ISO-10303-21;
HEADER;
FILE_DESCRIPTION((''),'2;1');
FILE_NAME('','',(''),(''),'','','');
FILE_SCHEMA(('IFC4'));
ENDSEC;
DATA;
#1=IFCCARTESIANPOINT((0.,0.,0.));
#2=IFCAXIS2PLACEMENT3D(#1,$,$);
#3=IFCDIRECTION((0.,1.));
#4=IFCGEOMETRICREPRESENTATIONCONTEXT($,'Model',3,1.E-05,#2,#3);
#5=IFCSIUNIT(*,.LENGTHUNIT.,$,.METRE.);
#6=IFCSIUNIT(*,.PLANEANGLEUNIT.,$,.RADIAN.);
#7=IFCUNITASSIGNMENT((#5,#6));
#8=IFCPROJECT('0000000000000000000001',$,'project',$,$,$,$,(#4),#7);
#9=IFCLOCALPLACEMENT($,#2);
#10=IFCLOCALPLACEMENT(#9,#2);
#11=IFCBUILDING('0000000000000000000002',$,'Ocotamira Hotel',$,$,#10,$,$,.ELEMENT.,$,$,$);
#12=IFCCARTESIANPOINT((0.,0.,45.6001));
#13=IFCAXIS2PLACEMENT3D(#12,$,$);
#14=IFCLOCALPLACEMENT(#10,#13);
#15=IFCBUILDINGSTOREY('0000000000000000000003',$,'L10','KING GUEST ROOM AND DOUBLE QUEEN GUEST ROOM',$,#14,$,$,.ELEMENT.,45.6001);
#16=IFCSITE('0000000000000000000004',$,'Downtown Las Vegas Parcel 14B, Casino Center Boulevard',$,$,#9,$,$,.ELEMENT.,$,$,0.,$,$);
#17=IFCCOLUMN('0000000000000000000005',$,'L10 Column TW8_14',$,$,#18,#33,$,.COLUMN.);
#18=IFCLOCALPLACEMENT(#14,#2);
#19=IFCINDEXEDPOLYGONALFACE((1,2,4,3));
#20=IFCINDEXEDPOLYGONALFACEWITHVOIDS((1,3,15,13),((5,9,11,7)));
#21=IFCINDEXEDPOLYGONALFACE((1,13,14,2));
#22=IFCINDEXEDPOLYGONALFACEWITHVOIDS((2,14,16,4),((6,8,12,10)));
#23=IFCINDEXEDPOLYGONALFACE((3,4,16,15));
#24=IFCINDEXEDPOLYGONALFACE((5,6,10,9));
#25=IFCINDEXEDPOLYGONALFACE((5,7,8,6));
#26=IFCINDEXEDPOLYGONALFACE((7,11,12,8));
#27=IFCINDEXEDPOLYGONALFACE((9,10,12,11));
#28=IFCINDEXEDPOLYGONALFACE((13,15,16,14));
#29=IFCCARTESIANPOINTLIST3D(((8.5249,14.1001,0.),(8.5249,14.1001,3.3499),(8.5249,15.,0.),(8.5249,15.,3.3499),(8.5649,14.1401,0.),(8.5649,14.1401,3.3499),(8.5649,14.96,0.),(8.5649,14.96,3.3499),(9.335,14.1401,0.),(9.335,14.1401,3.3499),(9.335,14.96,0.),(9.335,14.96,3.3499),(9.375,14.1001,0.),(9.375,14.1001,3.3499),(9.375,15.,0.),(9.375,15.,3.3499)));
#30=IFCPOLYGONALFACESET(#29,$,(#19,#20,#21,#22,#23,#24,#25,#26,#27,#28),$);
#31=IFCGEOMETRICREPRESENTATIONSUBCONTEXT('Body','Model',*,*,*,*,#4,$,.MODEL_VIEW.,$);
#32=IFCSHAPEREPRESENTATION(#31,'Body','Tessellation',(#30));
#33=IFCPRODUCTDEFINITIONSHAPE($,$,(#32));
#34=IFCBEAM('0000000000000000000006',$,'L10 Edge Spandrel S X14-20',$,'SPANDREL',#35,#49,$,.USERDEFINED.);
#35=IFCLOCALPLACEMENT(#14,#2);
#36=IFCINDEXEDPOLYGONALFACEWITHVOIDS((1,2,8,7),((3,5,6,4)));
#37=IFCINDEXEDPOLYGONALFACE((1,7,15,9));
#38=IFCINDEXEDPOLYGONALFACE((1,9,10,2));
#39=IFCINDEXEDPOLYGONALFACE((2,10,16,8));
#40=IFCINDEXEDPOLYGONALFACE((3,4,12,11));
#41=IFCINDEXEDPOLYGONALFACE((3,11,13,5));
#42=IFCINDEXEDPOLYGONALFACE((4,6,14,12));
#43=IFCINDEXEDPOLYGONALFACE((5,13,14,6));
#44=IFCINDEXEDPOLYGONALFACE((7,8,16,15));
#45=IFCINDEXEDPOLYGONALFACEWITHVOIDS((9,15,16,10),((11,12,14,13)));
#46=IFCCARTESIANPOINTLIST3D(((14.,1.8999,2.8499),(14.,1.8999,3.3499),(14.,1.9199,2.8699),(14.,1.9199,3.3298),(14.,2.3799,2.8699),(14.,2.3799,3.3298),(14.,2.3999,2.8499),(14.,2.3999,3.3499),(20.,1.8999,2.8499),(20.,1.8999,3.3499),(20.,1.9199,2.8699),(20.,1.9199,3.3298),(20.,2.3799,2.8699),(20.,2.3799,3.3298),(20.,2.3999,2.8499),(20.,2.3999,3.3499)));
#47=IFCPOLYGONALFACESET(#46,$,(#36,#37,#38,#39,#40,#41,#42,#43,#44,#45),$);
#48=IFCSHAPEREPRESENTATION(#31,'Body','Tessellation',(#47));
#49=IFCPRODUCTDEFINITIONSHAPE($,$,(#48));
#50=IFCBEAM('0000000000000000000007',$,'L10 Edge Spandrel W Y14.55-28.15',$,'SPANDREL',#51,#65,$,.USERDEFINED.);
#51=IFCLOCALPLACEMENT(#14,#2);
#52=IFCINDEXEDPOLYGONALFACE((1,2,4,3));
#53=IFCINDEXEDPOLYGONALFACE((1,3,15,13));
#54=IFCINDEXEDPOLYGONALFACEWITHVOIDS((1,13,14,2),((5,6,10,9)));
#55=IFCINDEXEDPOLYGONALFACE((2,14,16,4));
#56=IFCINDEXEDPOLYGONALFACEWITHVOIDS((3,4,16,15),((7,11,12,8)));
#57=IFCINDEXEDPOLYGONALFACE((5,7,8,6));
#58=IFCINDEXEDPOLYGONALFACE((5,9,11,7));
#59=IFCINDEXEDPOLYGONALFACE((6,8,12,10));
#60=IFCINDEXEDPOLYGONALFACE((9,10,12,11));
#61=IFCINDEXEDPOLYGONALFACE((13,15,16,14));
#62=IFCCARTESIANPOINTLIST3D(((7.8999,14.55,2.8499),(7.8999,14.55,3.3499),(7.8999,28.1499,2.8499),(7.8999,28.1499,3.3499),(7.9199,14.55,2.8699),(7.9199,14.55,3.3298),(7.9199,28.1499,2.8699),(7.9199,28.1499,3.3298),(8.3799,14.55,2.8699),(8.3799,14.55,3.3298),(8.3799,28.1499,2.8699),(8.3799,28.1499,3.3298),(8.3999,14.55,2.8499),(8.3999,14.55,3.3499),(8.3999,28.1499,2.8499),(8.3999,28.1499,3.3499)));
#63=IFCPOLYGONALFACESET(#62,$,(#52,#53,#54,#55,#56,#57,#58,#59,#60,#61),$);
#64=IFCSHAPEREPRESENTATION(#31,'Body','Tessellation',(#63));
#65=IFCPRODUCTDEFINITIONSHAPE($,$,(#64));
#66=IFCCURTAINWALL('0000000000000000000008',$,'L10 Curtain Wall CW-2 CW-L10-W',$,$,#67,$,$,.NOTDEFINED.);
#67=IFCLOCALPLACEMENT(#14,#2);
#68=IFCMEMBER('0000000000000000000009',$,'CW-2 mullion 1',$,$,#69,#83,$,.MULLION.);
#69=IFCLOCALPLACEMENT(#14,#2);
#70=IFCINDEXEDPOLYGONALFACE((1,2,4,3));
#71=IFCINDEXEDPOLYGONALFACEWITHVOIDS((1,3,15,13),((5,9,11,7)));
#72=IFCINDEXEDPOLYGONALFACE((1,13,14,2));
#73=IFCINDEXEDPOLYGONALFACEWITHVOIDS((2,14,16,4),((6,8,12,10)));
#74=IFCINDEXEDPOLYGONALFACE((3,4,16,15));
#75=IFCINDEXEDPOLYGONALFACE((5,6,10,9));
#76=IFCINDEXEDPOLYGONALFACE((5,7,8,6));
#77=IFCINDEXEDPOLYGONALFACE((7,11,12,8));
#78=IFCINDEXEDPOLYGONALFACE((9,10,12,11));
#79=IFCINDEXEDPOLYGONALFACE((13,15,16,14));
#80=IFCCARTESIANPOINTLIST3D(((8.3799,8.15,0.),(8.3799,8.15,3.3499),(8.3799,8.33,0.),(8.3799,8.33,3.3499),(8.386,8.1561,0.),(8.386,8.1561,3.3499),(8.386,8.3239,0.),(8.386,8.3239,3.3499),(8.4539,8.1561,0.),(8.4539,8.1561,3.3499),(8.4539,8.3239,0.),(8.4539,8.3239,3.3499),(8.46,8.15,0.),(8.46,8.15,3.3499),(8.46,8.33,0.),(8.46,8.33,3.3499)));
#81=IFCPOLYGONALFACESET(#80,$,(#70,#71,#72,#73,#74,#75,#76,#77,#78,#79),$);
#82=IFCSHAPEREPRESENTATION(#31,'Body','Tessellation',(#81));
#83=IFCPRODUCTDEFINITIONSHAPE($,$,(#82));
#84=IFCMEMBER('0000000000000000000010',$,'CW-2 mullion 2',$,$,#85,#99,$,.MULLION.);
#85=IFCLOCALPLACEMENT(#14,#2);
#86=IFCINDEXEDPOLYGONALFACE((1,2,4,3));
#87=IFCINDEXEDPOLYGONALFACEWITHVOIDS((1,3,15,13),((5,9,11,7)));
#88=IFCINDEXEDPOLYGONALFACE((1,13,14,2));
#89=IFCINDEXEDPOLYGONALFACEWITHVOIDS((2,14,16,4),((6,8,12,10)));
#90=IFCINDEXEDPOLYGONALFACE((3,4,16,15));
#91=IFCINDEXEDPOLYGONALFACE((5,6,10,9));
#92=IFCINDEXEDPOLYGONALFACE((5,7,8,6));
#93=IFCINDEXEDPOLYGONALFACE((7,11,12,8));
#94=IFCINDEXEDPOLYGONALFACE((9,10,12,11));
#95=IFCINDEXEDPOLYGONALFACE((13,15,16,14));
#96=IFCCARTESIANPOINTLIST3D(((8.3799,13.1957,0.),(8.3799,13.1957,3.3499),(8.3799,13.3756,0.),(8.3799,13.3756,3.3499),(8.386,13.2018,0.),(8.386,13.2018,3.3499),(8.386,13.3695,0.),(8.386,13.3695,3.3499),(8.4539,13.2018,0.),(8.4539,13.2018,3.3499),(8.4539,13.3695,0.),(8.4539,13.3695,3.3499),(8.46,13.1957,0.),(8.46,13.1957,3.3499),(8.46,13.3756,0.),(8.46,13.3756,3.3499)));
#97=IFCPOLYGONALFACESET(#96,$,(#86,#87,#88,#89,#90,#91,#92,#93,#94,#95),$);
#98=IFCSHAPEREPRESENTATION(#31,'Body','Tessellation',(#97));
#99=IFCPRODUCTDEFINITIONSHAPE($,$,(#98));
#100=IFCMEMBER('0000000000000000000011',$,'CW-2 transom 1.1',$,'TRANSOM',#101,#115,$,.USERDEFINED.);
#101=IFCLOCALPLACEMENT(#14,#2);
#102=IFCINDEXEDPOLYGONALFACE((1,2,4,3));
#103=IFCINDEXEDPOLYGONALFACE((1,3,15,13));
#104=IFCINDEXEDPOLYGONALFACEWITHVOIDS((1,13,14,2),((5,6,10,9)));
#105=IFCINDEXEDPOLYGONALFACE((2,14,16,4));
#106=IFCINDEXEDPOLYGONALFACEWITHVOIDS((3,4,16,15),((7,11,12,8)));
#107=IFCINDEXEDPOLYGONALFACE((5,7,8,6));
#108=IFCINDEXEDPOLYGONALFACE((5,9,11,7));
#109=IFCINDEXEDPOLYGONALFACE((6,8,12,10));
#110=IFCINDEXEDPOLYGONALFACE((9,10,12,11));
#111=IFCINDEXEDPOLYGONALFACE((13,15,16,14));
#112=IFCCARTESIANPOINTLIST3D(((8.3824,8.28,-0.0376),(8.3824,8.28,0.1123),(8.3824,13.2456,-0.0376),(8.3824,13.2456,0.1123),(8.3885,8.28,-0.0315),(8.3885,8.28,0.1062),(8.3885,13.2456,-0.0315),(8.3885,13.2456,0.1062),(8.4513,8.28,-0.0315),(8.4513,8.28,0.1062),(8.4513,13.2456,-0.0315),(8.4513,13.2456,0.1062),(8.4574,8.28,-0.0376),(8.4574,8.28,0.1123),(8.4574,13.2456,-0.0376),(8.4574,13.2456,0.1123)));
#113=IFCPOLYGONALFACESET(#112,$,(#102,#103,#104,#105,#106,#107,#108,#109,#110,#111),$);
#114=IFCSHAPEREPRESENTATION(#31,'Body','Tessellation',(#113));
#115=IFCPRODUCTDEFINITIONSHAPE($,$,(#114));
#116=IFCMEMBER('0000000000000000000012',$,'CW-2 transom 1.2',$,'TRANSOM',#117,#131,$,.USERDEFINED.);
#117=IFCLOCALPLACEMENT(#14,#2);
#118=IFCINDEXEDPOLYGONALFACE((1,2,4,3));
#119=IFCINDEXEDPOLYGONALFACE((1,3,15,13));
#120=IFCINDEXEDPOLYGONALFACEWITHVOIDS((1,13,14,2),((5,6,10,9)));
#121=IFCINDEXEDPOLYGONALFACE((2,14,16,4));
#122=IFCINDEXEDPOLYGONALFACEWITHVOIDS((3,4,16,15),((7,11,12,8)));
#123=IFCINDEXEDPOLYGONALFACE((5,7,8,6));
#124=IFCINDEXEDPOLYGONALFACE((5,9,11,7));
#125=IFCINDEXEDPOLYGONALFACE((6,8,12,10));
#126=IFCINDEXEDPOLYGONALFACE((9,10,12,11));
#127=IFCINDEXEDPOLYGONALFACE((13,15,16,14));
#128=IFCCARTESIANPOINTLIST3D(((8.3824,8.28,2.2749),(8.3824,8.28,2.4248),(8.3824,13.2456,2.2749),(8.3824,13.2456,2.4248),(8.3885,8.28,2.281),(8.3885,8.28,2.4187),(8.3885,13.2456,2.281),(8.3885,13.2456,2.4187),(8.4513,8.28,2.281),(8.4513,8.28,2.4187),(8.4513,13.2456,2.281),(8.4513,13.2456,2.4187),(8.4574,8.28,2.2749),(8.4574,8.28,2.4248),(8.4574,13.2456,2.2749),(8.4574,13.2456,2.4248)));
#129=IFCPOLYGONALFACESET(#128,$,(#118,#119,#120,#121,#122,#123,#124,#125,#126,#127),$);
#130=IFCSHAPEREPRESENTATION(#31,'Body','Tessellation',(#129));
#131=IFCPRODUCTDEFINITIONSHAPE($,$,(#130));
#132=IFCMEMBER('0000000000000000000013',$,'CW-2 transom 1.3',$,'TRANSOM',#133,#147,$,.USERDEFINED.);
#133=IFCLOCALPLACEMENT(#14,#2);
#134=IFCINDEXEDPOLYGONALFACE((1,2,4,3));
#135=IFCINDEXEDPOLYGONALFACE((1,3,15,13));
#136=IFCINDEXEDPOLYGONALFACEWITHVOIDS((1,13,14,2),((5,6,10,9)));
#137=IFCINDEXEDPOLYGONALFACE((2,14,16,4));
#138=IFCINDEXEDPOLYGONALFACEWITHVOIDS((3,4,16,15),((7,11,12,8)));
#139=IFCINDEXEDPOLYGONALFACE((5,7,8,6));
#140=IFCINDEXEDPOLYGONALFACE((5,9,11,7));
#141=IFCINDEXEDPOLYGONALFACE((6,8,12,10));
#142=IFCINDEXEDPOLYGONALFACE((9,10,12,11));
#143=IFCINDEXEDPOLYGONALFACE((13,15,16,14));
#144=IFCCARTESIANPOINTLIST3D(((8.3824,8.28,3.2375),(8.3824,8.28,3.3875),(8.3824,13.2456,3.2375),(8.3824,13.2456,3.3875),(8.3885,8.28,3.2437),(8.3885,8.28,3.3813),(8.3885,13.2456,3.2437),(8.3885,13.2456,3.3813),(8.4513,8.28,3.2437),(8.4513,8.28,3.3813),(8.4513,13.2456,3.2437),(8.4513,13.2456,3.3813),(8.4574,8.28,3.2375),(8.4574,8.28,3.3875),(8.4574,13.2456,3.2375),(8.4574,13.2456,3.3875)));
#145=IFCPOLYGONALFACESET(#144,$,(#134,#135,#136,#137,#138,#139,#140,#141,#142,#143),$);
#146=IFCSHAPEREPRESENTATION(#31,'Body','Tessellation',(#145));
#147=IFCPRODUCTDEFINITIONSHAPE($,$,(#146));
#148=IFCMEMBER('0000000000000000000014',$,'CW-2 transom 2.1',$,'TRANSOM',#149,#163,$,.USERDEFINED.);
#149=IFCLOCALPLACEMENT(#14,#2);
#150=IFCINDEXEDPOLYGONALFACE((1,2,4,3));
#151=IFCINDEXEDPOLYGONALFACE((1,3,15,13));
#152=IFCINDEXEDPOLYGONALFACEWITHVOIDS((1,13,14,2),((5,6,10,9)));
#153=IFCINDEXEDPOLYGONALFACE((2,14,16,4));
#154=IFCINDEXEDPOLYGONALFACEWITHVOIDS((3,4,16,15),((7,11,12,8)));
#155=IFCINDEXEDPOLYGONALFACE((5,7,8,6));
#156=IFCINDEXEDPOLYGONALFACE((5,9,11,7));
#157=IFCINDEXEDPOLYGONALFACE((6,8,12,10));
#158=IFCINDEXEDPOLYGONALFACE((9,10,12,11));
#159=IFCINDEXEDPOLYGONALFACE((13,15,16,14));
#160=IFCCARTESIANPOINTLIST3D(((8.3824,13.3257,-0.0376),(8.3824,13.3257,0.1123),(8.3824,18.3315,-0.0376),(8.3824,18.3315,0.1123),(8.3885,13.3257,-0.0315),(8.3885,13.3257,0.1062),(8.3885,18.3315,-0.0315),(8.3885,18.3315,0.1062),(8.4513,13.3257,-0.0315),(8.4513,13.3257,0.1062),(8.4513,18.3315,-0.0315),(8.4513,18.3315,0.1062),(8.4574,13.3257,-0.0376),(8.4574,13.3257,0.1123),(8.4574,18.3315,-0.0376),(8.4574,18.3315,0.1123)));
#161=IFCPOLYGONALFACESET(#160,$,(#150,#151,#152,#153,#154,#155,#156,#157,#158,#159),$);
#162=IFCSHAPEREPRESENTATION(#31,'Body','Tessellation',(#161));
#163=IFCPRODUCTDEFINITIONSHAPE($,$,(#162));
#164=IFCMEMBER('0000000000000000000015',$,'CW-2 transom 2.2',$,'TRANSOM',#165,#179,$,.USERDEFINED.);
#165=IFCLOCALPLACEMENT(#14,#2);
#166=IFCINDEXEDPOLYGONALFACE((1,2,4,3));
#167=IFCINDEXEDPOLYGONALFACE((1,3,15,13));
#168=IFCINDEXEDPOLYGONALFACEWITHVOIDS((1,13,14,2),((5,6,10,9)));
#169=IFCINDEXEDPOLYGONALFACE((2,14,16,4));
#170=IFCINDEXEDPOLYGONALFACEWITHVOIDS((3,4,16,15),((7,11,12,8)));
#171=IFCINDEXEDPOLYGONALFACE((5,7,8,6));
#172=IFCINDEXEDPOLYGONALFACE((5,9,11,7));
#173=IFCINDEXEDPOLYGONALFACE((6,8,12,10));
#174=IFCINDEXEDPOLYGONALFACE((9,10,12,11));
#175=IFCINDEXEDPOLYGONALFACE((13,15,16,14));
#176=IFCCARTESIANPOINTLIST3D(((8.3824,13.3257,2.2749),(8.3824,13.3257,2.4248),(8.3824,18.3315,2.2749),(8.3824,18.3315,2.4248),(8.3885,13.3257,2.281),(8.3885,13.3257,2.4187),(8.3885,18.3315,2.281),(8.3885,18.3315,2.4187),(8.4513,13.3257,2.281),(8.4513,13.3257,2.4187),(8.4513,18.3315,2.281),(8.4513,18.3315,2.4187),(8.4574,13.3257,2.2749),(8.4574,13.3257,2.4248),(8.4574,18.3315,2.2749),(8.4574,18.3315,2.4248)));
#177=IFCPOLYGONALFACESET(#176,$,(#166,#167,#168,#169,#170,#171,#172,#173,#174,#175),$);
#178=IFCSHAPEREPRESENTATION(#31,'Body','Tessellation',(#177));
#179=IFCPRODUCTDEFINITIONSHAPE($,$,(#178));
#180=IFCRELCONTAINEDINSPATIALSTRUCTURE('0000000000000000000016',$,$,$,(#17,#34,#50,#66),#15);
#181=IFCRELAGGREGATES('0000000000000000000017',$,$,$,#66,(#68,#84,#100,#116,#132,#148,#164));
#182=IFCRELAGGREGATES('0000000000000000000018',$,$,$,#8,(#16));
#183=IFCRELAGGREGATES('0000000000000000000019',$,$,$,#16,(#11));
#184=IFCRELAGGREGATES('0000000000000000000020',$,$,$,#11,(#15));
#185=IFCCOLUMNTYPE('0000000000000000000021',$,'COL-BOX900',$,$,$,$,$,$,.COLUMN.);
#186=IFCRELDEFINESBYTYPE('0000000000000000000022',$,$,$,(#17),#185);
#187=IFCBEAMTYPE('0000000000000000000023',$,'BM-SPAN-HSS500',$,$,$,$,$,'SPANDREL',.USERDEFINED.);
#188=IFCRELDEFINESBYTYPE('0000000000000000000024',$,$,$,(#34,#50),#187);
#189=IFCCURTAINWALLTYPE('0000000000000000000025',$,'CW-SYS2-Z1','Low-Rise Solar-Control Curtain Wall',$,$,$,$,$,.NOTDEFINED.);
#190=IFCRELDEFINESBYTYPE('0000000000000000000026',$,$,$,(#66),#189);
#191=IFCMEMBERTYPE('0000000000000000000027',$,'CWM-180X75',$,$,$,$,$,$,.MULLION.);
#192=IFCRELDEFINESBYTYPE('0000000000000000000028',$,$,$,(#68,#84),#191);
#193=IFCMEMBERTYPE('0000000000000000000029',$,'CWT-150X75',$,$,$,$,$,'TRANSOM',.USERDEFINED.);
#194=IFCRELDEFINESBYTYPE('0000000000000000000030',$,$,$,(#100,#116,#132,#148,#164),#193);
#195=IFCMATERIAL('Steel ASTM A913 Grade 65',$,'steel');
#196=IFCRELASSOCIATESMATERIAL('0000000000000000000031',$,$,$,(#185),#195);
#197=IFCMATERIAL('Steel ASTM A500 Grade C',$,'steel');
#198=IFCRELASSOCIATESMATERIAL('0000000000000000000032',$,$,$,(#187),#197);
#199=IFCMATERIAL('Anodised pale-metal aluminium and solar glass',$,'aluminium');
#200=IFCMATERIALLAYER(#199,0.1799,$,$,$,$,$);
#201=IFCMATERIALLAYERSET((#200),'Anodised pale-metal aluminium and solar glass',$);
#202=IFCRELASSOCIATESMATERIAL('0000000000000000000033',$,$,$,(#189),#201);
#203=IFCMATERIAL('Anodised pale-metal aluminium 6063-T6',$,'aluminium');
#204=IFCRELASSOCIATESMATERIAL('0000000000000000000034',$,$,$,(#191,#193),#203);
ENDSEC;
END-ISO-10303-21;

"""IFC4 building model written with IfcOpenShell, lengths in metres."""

from ifc_helpers import new_model, si_unit, direction, frame, origin, origin_2d, place, context, subcontext, project, spatial, hollow_rectangle, extrude, source, transform, mapped, material, layer, layer_set, material_profile, profile_set, type_object, element, aggregate, save


model = new_model("IFC4")

# Units and contexts
model_context = context("Model", 3, precision=1e-05, world=origin(), true_north=direction((0.0, 1.0)))
body_context = subcontext(model_context, "Body", "Model", "MODEL_VIEW")
ifc_project = project(units=[si_unit("LENGTHUNIT", "METRE"), si_unit("PLANEANGLEUNIT", "RADIAN")], contexts=[model_context])

# Site, building, storey
site_placement = place(None, origin())
site = spatial("IfcSite", under=ifc_project, at=site_placement, Name="Downtown Las Vegas Parcel 14B, Casino Center Boulevard", CompositionType="ELEMENT", RefElevation=0.0)
building_placement = place(site_placement, origin())
building = spatial("IfcBuilding", under=site, at=building_placement, Name="Ocotamira Hotel", CompositionType="ELEMENT")
storey_placement = place(building_placement, frame((0.0, 0.0, 45.6001)))
storey = spatial("IfcBuildingStorey", under=building, at=storey_placement, Name="L10", Description="KING GUEST ROOM AND DOUBLE QUEEN GUEST ROOM", CompositionType="ELEMENT", Elevation=45.6001)

# Column
ifc_material_1 = material(Name="Steel ASTM A913 Grade 65", Category="steel")
ifc_material_profile_1 = material_profile(ifc_material_1, hollow_rectangle(XDim=0.8501, YDim=0.8999, WallThickness=0.04, at=origin_2d()), Name="BOX900X850X40")
ifc_profile_set_1 = profile_set([ifc_material_profile_1], Name="Steel ASTM A913 Grade 65")
column_type = type_object("IfcColumnType", Name="COL-BOX900", PredefinedType="COLUMN", material=ifc_profile_set_1)
shared_shape_1 = source(origin(), body_context, "Body", "SweptSolid", [
    extrude(hollow_rectangle(XDim=0.8501, YDim=0.8999, WallThickness=0.04, at=origin_2d()), origin(), (0.0, 0.0, 1.0), 3.3499),
])
column_placement = place(storey_placement, frame((8.95, 14.55, 0.0), z_axis=(0.0, 0.0, 1.0), x_axis=(1.0, 0.0, 0.0)))
element("IfcColumn", 1, at=column_placement, inside=storey, type_object=column_type, Name="L10 Column TW8_14", PredefinedType="COLUMN", context=body_context, shape_type="MappedRepresentation", body=[
    mapped(shared_shape_1, transform((0.0, 0.0, 0.0), scale=1.0)),
])

# Beams
ifc_material_2 = material(Name="Steel ASTM A500 Grade C", Category="steel")
ifc_material_profile_2 = material_profile(ifc_material_2, hollow_rectangle(XDim=0.5, YDim=0.5, WallThickness=0.02, at=origin_2d()), Name="HSS500X500X20")
ifc_profile_set_2 = profile_set([ifc_material_profile_2], Name="Steel ASTM A500 Grade C")
beam_type = type_object("IfcBeamType", Name="BM-SPAN-HSS500", ElementType="SPANDREL", PredefinedType="USERDEFINED", material=ifc_profile_set_2)
shared_shape_2 = source(origin(), body_context, "Body", "SweptSolid", [
    extrude(hollow_rectangle(XDim=0.5, YDim=0.5, WallThickness=0.02, at=origin_2d()), origin(), (0.0, 0.0, 1.0), 6.0),
])
beam_1_placement = place(storey_placement, frame((14.0, 2.1499, 3.0999), z_axis=(1.0, 0.0, 0.0), x_axis=(0.0, 1.0, 0.0)))
element("IfcBeam", 2, at=beam_1_placement, inside=storey, type_object=beam_type, Name="L10 Edge Spandrel S X14-20", ObjectType="SPANDREL", PredefinedType="USERDEFINED", context=body_context, shape_type="MappedRepresentation", body=[
    mapped(shared_shape_2, transform((0.0, 0.0, 0.0), scale=1.0)),
])
shared_shape_3 = source(origin(), body_context, "Body", "SweptSolid", [
    extrude(hollow_rectangle(XDim=0.5, YDim=0.5, WallThickness=0.02, at=origin_2d()), origin(), (0.0, 0.0, 1.0), 13.5999),
])
beam_2_placement = place(storey_placement, frame((8.1499, 14.55, 3.0999), z_axis=(0.0, 1.0, 0.0), x_axis=(-1.0, 0.0, 0.0)))
element("IfcBeam", 3, at=beam_2_placement, inside=storey, type_object=beam_type, Name="L10 Edge Spandrel W Y14.55-28.15", ObjectType="SPANDREL", PredefinedType="USERDEFINED", context=body_context, shape_type="MappedRepresentation", body=[
    mapped(shared_shape_3, transform((0.0, 0.0, 0.0), scale=1.0)),
])

# Curtain wall, members
ifc_material_3 = material(Name="Anodised pale-metal aluminium and solar glass", Category="aluminium")
ifc_layer_1 = layer(ifc_material_3, 0.1799)
ifc_layer_set_1 = layer_set([ifc_layer_1], Name="Anodised pale-metal aluminium and solar glass")
curtain_wall_type = type_object("IfcCurtainWallType", Name="CW-SYS2-Z1", Description="Low-Rise Solar-Control Curtain Wall", PredefinedType="NOTDEFINED", material=ifc_layer_set_1)
curtain_wall_placement = place(storey_placement, origin())
curtain_wall = element("IfcCurtainWall", 4, at=curtain_wall_placement, inside=storey, type_object=curtain_wall_type, Name="L10 Curtain Wall CW-2 CW-L10-W", PredefinedType="NOTDEFINED")
ifc_material_4 = material(Name="Anodised pale-metal aluminium 6063-T6", Category="aluminium")
ifc_material_profile_3 = material_profile(ifc_material_4, hollow_rectangle(XDim=0.0801, YDim=0.1799, WallThickness=0.0061, at=origin_2d()), Name="HSS180X80X6")
ifc_profile_set_3 = profile_set([ifc_material_profile_3], Name="Anodised pale-metal aluminium 6063-T6")
member_type_1 = type_object("IfcMemberType", Name="CWM-180X75", PredefinedType="MULLION", material=ifc_profile_set_3)
shared_shape_4 = source(origin(), body_context, "Body", "SweptSolid", [
    extrude(hollow_rectangle(XDim=0.0801, YDim=0.1799, WallThickness=0.0061, at=origin_2d()), origin(), (0.0, 0.0, 1.0), 3.3499),
])
member_1_placement = place(storey_placement, frame((8.4199, 8.24, 0.0), z_axis=(0.0, 0.0, 1.0), x_axis=(-1.0, 0.0, 0.0)))
member_1 = element("IfcMember", 5, at=member_1_placement, type_object=member_type_1, Name="CW-2 mullion 1", PredefinedType="MULLION", context=body_context, shape_type="MappedRepresentation", body=[
    mapped(shared_shape_4, transform((0.0, 0.0, 0.0), scale=1.0)),
])
member_2_placement = place(storey_placement, frame((8.4199, 13.2856, 0.0), z_axis=(0.0, 0.0, 1.0), x_axis=(-1.0, 0.0, 0.0)))
member_2 = element("IfcMember", 6, at=member_2_placement, type_object=member_type_1, Name="CW-2 mullion 2", PredefinedType="MULLION", context=body_context, shape_type="MappedRepresentation", body=[
    mapped(shared_shape_4, transform((0.0, 0.0, 0.0), scale=1.0)),
])
ifc_material_profile_4 = material_profile(ifc_material_4, hollow_rectangle(XDim=0.075, YDim=0.1499, WallThickness=0.0061, at=origin_2d()), Name="HSS150X75X6")
ifc_profile_set_4 = profile_set([ifc_material_profile_4], Name="Anodised pale-metal aluminium 6063-T6")
member_type_2 = type_object("IfcMemberType", Name="CWT-150X75", ElementType="TRANSOM", PredefinedType="USERDEFINED", material=ifc_profile_set_4)
shared_shape_5 = source(origin(), body_context, "Body", "SweptSolid", [
    extrude(hollow_rectangle(XDim=0.075, YDim=0.1499, WallThickness=0.0061, at=origin_2d()), origin(), (0.0, 0.0, 1.0), 4.9656),
])
member_3_placement = place(storey_placement, frame((8.4199, 8.28, 0.0374), z_axis=(0.0, 1.0, 0.0), x_axis=(-1.0, 0.0, 0.0)))
member_3 = element("IfcMember", 7, at=member_3_placement, type_object=member_type_2, Name="CW-2 transom 1.1", ObjectType="TRANSOM", PredefinedType="USERDEFINED", context=body_context, shape_type="MappedRepresentation", body=[
    mapped(shared_shape_5, transform((0.0, 0.0, 0.0), scale=1.0)),
])
member_4_placement = place(storey_placement, frame((8.4199, 8.28, 2.3499), z_axis=(0.0, 1.0, 0.0), x_axis=(-1.0, 0.0, 0.0)))
member_4 = element("IfcMember", 8, at=member_4_placement, type_object=member_type_2, Name="CW-2 transom 1.2", ObjectType="TRANSOM", PredefinedType="USERDEFINED", context=body_context, shape_type="MappedRepresentation", body=[
    mapped(shared_shape_5, transform((0.0, 0.0, 0.0), scale=1.0)),
])
member_5_placement = place(storey_placement, frame((8.4199, 8.28, 3.3125), z_axis=(0.0, 1.0, 0.0), x_axis=(-1.0, 0.0, 0.0)))
member_5 = element("IfcMember", 9, at=member_5_placement, type_object=member_type_2, Name="CW-2 transom 1.3", ObjectType="TRANSOM", PredefinedType="USERDEFINED", context=body_context, shape_type="MappedRepresentation", body=[
    mapped(shared_shape_5, transform((0.0, 0.0, 0.0), scale=1.0)),
])
shared_shape_6 = source(origin(), body_context, "Body", "SweptSolid", [
    extrude(hollow_rectangle(XDim=0.075, YDim=0.1499, WallThickness=0.0061, at=origin_2d()), origin(), (0.0, 0.0, 1.0), 5.0059),
])
member_6_placement = place(storey_placement, frame((8.4199, 13.3257, 0.0374), z_axis=(0.0, 1.0, 0.0), x_axis=(-1.0, 0.0, 0.0)))
member_6 = element("IfcMember", 10, at=member_6_placement, type_object=member_type_2, Name="CW-2 transom 2.1", ObjectType="TRANSOM", PredefinedType="USERDEFINED", context=body_context, shape_type="MappedRepresentation", body=[
    mapped(shared_shape_6, transform((0.0, 0.0, 0.0), scale=1.0)),
])
member_7_placement = place(storey_placement, frame((8.4199, 13.3257, 2.3499), z_axis=(0.0, 1.0, 0.0), x_axis=(-1.0, 0.0, 0.0)))
member_7 = element("IfcMember", 11, at=member_7_placement, type_object=member_type_2, Name="CW-2 transom 2.2", ObjectType="TRANSOM", PredefinedType="USERDEFINED", context=body_context, shape_type="MappedRepresentation", body=[
    mapped(shared_shape_6, transform((0.0, 0.0, 0.0), scale=1.0)),
])

aggregate(curtain_wall, [member_1, member_2, member_3, member_4, member_5, member_6, member_7])

save(model, "model.ifc")
